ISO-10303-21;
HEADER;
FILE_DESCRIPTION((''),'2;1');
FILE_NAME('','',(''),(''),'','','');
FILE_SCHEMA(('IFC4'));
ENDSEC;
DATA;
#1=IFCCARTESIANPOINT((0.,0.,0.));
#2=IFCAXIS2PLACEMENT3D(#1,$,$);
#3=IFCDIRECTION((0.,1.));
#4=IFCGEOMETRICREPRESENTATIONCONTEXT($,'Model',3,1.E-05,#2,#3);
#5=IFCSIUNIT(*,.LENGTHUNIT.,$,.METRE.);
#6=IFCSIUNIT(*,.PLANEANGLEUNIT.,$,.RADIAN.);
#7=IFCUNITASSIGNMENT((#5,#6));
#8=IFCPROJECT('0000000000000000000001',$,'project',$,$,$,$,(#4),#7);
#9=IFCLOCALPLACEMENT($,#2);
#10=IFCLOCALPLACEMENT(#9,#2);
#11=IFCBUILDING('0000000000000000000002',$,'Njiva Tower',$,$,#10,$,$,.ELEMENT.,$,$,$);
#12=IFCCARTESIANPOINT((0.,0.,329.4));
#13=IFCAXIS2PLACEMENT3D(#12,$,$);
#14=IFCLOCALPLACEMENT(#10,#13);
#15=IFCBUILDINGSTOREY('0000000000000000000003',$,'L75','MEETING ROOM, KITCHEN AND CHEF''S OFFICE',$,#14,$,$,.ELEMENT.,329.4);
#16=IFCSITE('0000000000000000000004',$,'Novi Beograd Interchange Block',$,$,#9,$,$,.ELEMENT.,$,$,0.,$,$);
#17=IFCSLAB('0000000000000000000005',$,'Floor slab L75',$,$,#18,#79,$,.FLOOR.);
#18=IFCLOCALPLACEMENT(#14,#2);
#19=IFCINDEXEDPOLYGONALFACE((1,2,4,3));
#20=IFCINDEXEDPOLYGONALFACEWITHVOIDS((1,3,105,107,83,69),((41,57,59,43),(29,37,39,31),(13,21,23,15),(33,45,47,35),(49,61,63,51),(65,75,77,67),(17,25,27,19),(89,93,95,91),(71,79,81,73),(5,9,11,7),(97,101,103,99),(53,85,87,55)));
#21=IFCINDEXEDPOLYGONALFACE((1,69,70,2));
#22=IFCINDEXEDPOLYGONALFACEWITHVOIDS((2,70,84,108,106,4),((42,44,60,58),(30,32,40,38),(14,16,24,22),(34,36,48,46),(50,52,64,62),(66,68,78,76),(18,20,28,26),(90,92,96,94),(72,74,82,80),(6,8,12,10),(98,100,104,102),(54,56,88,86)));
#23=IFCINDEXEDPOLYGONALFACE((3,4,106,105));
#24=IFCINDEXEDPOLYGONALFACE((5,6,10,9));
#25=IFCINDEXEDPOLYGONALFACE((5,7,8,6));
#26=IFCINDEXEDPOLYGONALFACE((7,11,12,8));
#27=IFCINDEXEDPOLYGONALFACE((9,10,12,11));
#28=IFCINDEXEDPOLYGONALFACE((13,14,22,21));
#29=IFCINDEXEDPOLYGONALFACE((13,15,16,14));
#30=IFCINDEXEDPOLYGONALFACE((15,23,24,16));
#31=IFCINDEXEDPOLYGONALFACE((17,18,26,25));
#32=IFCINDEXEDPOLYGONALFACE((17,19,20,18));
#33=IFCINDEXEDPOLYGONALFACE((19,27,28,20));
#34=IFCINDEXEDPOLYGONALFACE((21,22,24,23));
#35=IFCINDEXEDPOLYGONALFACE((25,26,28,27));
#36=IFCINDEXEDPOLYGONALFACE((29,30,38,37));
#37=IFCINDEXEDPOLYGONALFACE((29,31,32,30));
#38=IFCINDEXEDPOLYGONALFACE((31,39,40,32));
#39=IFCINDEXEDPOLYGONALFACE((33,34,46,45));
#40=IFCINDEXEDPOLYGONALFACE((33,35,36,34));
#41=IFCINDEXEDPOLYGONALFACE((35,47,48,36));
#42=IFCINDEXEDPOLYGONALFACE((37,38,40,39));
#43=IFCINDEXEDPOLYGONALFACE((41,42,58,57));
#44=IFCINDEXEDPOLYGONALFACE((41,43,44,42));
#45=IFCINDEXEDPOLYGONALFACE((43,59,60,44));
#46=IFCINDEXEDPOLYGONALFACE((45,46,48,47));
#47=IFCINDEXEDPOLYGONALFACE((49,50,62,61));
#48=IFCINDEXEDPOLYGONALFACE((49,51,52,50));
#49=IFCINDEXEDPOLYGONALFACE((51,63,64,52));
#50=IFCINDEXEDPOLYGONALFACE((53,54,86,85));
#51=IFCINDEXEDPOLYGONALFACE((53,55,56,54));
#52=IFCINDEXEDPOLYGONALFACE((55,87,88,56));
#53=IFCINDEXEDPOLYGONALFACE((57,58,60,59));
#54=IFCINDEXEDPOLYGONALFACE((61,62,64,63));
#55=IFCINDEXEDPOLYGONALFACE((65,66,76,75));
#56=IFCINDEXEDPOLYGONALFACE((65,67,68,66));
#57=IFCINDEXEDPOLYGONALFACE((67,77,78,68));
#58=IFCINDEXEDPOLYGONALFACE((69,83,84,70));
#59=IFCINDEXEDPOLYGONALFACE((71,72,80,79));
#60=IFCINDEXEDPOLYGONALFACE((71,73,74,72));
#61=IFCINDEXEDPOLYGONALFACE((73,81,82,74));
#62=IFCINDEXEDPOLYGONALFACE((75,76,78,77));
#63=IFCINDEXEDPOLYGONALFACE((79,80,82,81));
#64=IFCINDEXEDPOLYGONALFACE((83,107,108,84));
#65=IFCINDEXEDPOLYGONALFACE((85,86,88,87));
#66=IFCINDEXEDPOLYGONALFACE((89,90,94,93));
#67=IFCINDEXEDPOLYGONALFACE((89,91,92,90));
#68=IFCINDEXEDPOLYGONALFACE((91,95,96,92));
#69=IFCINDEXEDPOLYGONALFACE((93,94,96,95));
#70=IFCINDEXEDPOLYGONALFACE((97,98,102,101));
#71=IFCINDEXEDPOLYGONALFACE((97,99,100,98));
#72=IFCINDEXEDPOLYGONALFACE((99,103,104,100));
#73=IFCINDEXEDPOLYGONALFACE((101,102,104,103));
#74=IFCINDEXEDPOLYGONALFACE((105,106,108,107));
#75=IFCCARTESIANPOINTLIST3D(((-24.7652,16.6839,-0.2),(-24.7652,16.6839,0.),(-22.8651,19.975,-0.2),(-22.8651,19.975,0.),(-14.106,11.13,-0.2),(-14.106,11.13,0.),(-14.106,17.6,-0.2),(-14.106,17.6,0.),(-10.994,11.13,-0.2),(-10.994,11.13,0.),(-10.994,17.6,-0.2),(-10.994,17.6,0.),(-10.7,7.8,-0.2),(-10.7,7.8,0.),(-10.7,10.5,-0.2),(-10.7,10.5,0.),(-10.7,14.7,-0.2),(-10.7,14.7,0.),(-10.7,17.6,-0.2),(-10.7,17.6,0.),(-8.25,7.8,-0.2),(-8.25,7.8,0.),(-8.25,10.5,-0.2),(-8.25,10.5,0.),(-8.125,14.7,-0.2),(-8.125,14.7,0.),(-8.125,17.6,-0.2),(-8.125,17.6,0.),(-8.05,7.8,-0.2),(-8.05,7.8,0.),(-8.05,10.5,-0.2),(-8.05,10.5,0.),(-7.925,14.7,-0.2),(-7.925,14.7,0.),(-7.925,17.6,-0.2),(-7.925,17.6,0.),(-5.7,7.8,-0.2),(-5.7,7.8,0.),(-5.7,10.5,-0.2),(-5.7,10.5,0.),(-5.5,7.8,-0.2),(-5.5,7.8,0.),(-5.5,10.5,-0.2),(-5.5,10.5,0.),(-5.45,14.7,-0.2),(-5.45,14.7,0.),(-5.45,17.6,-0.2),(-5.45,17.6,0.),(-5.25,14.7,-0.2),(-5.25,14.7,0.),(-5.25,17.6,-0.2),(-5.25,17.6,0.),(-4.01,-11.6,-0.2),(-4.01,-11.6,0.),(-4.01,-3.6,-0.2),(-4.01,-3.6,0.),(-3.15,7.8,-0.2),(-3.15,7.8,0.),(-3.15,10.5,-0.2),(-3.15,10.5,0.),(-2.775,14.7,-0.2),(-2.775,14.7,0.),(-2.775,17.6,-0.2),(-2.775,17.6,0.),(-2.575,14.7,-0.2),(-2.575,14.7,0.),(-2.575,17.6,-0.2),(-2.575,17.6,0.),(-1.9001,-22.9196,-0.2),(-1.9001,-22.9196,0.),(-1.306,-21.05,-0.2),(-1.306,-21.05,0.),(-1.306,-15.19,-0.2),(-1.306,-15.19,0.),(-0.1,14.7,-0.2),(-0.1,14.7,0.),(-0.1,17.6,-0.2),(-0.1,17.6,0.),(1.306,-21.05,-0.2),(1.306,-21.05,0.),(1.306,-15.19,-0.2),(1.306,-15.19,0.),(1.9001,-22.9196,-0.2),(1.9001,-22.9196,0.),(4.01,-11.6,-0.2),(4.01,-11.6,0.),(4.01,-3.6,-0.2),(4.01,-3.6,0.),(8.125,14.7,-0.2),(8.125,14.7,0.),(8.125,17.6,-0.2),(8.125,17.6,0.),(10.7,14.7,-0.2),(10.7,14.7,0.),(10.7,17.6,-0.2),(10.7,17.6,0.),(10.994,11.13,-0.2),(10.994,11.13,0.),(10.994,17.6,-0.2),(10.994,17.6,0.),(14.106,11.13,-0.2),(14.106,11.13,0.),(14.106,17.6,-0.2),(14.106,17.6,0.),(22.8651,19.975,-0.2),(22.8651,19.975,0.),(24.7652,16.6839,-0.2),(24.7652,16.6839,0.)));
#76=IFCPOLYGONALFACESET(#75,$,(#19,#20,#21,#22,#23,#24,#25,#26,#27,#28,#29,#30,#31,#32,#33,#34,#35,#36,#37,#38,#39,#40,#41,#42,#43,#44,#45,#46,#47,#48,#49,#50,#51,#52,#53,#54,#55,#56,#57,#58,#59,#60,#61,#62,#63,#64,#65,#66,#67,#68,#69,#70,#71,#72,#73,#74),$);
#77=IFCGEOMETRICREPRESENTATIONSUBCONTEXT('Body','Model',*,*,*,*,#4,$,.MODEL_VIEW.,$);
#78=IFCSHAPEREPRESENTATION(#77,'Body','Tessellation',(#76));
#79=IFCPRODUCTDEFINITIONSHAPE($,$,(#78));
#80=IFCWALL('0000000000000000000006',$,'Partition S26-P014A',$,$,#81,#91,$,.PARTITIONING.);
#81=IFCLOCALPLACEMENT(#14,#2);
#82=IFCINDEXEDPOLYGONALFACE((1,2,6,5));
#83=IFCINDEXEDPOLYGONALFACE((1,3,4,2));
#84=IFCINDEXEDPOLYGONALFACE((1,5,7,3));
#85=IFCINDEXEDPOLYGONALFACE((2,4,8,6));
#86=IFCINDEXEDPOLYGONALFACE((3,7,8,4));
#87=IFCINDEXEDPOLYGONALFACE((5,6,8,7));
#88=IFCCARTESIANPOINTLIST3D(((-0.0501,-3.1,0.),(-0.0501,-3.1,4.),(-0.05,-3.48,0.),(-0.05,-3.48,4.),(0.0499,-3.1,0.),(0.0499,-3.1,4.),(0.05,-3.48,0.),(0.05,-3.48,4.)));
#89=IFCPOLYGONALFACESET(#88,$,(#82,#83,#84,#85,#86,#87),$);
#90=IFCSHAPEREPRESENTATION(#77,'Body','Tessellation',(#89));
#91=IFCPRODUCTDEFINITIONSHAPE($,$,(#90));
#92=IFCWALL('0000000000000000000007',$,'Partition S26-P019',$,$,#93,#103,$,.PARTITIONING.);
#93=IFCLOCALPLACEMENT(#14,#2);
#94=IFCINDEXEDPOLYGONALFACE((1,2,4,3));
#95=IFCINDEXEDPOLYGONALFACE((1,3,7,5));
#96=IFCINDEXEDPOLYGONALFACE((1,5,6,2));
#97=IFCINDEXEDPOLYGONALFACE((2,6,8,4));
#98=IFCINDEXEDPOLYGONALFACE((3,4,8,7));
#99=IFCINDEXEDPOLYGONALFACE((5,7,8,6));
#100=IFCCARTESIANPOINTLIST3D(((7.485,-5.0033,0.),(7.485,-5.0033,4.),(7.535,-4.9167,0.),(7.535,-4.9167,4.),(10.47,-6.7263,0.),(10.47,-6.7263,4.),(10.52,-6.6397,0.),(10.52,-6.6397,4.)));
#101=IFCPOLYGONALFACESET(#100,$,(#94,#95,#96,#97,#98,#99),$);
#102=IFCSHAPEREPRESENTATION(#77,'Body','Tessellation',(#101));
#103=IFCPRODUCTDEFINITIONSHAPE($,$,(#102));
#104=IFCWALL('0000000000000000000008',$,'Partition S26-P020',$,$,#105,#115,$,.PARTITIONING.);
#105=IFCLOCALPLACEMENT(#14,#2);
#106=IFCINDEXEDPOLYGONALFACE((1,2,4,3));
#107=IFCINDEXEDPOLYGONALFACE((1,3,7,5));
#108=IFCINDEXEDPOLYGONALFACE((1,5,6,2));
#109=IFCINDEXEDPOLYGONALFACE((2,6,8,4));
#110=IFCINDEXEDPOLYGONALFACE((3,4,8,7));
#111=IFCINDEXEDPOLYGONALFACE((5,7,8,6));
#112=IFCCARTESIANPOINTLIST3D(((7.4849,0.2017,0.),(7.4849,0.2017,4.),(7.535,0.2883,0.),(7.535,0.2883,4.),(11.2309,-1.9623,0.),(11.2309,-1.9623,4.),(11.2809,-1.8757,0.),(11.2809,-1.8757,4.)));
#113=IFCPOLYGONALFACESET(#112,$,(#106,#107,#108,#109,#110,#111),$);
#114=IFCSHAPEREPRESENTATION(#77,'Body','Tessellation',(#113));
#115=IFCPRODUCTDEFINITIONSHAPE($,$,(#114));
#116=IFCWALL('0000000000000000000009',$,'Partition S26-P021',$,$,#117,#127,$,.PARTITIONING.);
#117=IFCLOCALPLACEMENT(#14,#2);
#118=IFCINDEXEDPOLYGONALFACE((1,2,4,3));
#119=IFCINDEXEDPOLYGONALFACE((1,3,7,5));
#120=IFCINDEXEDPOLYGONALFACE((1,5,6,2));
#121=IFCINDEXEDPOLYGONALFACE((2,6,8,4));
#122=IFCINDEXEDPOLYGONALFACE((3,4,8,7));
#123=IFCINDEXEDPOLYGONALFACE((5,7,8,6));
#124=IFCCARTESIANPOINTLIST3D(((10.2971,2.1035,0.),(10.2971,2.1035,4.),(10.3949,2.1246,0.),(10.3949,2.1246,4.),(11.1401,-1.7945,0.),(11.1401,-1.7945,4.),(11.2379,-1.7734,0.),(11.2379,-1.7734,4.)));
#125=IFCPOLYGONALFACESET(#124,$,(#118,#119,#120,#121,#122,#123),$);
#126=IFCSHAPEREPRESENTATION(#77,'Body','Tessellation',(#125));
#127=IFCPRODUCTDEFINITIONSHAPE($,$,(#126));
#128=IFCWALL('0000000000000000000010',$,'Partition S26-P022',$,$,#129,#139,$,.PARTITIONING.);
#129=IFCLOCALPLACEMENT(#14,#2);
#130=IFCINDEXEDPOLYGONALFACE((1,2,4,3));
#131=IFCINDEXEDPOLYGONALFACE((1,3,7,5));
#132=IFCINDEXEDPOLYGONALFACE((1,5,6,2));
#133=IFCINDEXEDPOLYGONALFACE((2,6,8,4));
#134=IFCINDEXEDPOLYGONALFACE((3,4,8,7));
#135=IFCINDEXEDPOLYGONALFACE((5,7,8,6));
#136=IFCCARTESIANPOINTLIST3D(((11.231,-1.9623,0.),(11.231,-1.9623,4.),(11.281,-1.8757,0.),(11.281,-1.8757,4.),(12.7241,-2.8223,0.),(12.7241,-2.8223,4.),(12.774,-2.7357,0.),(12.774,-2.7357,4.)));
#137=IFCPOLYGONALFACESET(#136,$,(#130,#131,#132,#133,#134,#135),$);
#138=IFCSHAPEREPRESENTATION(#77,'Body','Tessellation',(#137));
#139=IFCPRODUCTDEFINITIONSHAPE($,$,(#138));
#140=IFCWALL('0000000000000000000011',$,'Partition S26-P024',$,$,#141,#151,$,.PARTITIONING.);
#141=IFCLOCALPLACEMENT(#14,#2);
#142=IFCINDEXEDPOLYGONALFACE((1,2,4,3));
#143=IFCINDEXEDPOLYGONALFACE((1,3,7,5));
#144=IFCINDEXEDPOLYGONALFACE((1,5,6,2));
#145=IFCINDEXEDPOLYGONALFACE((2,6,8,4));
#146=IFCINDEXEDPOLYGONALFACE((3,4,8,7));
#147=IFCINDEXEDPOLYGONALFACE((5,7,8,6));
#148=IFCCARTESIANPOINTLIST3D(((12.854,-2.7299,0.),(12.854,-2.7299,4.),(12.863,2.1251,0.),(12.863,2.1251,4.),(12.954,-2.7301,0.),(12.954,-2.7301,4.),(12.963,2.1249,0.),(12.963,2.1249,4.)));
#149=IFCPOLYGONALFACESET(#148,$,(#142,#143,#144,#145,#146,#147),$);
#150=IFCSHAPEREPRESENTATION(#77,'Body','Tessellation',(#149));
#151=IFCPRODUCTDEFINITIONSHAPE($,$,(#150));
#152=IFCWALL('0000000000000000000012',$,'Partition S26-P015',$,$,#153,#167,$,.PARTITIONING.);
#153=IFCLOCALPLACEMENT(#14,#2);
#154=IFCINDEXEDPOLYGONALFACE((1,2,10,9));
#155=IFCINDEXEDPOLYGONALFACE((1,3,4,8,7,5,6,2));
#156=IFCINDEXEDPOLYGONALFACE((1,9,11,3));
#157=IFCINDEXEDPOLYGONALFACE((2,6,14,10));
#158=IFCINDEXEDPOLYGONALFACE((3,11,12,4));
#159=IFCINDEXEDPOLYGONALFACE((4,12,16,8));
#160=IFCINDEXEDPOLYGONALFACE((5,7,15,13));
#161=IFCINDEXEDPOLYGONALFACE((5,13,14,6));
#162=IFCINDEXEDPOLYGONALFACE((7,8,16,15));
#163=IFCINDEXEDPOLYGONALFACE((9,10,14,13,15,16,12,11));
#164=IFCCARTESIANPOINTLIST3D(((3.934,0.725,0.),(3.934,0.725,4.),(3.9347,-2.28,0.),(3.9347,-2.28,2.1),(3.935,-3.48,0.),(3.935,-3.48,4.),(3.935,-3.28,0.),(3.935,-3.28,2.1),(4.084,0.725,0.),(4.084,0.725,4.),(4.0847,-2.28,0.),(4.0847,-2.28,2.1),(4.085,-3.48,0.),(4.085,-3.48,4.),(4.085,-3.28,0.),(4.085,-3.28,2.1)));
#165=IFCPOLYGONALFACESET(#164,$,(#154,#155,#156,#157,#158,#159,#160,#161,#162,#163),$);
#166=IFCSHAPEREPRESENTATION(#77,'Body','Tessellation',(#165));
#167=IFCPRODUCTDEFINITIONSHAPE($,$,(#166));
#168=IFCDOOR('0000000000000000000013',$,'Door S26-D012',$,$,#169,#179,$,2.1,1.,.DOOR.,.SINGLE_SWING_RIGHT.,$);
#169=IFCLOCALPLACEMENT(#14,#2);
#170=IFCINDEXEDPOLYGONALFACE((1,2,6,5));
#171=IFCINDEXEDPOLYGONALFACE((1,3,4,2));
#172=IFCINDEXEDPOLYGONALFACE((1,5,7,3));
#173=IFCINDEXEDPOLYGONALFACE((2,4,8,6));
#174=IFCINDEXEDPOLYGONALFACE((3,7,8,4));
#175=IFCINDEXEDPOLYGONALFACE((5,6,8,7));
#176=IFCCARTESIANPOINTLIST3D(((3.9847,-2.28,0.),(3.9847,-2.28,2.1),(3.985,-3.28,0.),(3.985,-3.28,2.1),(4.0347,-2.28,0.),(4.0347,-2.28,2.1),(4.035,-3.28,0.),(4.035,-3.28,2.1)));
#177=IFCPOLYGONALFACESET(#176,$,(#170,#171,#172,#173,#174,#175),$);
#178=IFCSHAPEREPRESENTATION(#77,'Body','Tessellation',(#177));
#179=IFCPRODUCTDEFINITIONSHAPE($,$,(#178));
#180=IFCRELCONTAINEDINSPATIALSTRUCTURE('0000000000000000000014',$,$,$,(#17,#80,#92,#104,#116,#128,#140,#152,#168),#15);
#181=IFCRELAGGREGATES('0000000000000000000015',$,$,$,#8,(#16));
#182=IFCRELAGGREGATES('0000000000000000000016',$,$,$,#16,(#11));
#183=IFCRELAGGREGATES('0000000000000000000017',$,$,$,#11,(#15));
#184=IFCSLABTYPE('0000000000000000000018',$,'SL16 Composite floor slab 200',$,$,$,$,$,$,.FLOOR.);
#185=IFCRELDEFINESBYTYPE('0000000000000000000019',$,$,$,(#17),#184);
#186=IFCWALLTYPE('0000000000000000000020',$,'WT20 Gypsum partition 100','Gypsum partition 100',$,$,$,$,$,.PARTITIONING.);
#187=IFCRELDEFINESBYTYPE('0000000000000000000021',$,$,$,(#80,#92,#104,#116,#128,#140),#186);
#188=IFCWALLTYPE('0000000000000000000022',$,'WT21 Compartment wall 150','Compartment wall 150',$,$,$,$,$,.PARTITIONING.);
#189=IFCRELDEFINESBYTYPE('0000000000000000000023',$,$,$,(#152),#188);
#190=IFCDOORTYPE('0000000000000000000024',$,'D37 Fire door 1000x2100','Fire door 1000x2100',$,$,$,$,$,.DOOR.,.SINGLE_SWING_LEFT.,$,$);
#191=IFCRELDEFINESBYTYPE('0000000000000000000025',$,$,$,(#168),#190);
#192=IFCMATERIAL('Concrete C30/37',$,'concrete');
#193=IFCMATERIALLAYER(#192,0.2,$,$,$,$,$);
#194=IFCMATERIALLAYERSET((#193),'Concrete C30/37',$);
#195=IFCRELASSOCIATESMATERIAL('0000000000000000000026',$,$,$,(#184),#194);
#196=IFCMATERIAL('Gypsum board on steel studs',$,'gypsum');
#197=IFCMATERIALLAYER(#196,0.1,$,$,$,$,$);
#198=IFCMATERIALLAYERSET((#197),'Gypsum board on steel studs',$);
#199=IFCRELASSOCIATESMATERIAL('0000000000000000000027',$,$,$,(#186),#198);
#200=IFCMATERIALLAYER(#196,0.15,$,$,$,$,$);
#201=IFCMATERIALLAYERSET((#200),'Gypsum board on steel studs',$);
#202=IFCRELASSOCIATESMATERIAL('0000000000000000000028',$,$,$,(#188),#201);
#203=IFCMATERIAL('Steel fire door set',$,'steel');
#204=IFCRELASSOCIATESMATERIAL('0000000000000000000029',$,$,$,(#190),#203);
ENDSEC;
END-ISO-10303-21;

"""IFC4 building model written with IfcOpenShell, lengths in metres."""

from ifc_helpers import new_model, si_unit, direction, frame, frame_2d, origin, place, context, subcontext, project, spatial, polyline, rectangle, outline, extrude, material, layer, layer_set, type_object, element, fill, save


model = new_model("IFC4")

# Units and contexts
model_context = context("Model", 3, precision=1e-05, world=origin(), true_north=direction((0.0, 1.0)))
body_context = subcontext(model_context, "Body", "Model", "MODEL_VIEW")
ifc_project = project(units=[si_unit("LENGTHUNIT", "METRE"), si_unit("PLANEANGLEUNIT", "RADIAN")], contexts=[model_context])

# Site, building, storey
site_placement = place(None, origin())
site = spatial("IfcSite", under=ifc_project, at=site_placement, Name="Novi Beograd Interchange Block", CompositionType="ELEMENT", RefElevation=0.0)
building_placement = place(site_placement, origin())
building = spatial("IfcBuilding", under=site, at=building_placement, Name="Njiva Tower", CompositionType="ELEMENT")
storey_placement = place(building_placement, frame((0.0, 0.0, 329.4)))
storey = spatial("IfcBuildingStorey", under=building, at=storey_placement, Name="L75", Description="MEETING ROOM, KITCHEN AND CHEF'S OFFICE", CompositionType="ELEMENT", Elevation=329.4)

# Slab
ifc_material_1 = material(Name="Concrete C30/37", Category="concrete")
ifc_layer_1 = layer(ifc_material_1, 0.2)
ifc_layer_set_1 = layer_set([ifc_layer_1], Name="Concrete C30/37")
slab_type_1 = type_object("IfcSlabType", Name="SL16 Composite floor slab 200", PredefinedType="FLOOR", material=ifc_layer_set_1)
slab_1_placement = place(storey_placement, frame((0.0, 0.0, -0.2)))
element("IfcSlab", 1, at=slab_1_placement, inside=storey, type_object=slab_type_1, Name="Floor slab L75", PredefinedType="FLOOR", context=body_context, shape_type="SweptSolid", body=[
    extrude(outline(polyline([(24.7652, 16.6839), (1.9001, -22.9196), (-1.9001, -22.9196), (-24.7652, 16.6839), (-22.8651, 19.975), (22.8651, 19.975), (24.7652, 16.6839)]), holes=[polyline([(10.994, 11.13), (14.106, 11.13), (14.106, 17.6), (10.994, 17.6), (10.994, 11.13)]), polyline([(8.125, 14.7), (10.7, 14.7), (10.7, 17.6), (8.125, 17.6), (8.125, 14.7)]), polyline([(4.01, -11.6), (4.01, -3.6), (-4.01, -3.6), (-4.01, -11.6), (4.01, -11.6)]), polyline([(1.306, -21.05), (1.306, -15.19), (-1.306, -15.19), (-1.306, -21.05), (1.306, -21.05)]), polyline([(-2.575, 14.7), (-0.1, 14.7), (-0.1, 17.6), (-2.575, 17.6), (-2.575, 14.7)]), polyline([(-2.775, 14.7), (-2.775, 17.6), (-5.25, 17.6), (-5.25, 14.7), (-2.775, 14.7)]), polyline([(-5.5, 7.8), (-3.15, 7.8), (-3.15, 10.5), (-5.5, 10.5), (-5.5, 7.8)]), polyline([(-7.925, 14.7), (-5.45, 14.7), (-5.45, 17.6), (-7.925, 17.6), (-7.925, 14.7)]), polyline([(-8.05, 7.8), (-5.7, 7.8), (-5.7, 10.5), (-8.05, 10.5), (-8.05, 7.8)]), polyline([(-10.7, 14.7), (-8.125, 14.7), (-8.125, 17.6), (-10.7, 17.6), (-10.7, 14.7)]), polyline([(-8.25, 7.8), (-8.25, 10.5), (-10.7, 10.5), (-10.7, 7.8), (-8.25, 7.8)]), polyline([(-10.994, 11.13), (-10.994, 17.6), (-14.106, 17.6), (-14.106, 11.13), (-10.994, 11.13)])]), origin(), (0.0, 0.0, 1.0), 0.2),
])

# Walls
ifc_material_2 = material(Name="Gypsum board on steel studs", Category="gypsum")
ifc_layer_2 = layer(ifc_material_2, 0.1)
ifc_layer_set_2 = layer_set([ifc_layer_2], Name="Gypsum board on steel studs")
wall_type_1 = type_object("IfcWallType", Name="WT20 Gypsum partition 100", Description="Gypsum partition 100", PredefinedType="PARTITIONING", material=ifc_layer_set_2)
wall_1_placement = place(storey_placement, frame((-0.0001, -3.1, 0.0), z_axis=(0.0, 0.0, 1.0), x_axis=(0.000263, -1.0, 0.0)))
element("IfcWall", 2, at=wall_1_placement, inside=storey, type_object=wall_type_1, Name="Partition S26-P014A", PredefinedType="PARTITIONING", context=body_context, shape_type="SweptSolid", body=[
    extrude(rectangle(XDim=0.38, YDim=0.1, at=frame_2d((0.19, 0.0))), origin(), (0.0, 0.0, 1.0), 4.0),
])
wall_2_placement = place(storey_placement, frame((7.51, -4.96, 0.0), z_axis=(0.0, 0.0, 1.0), x_axis=(0.866074, -0.499915, 0.0)))
element("IfcWall", 3, at=wall_2_placement, inside=storey, type_object=wall_type_1, Name="Partition S26-P019", PredefinedType="PARTITIONING", context=body_context, shape_type="SweptSolid", body=[
    extrude(rectangle(XDim=3.4466, YDim=0.1, at=frame_2d((1.7233, 0.0))), origin(), (0.0, 0.0, 1.0), 4.0),
])
wall_3_placement = place(storey_placement, frame((7.51, 0.245, 0.0), z_axis=(0.0, 0.0, 1.0), x_axis=(0.865901, -0.500216, 0.0)))
element("IfcWall", 4, at=wall_3_placement, inside=storey, type_object=wall_type_1, Name="Partition S26-P020", PredefinedType="PARTITIONING", context=body_context, shape_type="SweptSolid", body=[
    extrude(rectangle(XDim=4.3261, YDim=0.1, at=frame_2d((2.163, 0.0))), origin(), (0.0, 0.0, 1.0), 4.0),
])
wall_4_placement = place(storey_placement, frame((10.346, 2.114, 0.0), z_axis=(0.0, 0.0, 1.0), x_axis=(0.211378, -0.977404, 0.0)))
element("IfcWall", 5, at=wall_4_placement, inside=storey, type_object=wall_type_1, Name="Partition S26-P021", PredefinedType="PARTITIONING", context=body_context, shape_type="SweptSolid", body=[
    extrude(rectangle(XDim=3.9881, YDim=0.1, at=frame_2d((1.994, 0.0))), origin(), (0.0, 0.0, 1.0), 4.0),
])
wall_5_placement = place(storey_placement, frame((11.256, -1.919, 0.0), z_axis=(0.0, 0.0, 1.0), x_axis=(0.866524, -0.499136, 0.0)))
element("IfcWall", 6, at=wall_5_placement, inside=storey, type_object=wall_type_1, Name="Partition S26-P022", PredefinedType="PARTITIONING", context=body_context, shape_type="SweptSolid", body=[
    extrude(rectangle(XDim=1.723, YDim=0.1, at=frame_2d((0.8615, 0.0))), origin(), (0.0, 0.0, 1.0), 4.0),
])
wall_6_placement = place(storey_placement, frame((12.904, -2.73, 0.0), z_axis=(0.0, 0.0, 1.0), x_axis=(0.001854, 0.999998, 0.0)))
element("IfcWall", 7, at=wall_6_placement, inside=storey, type_object=wall_type_1, Name="Partition S26-P024", PredefinedType="PARTITIONING", context=body_context, shape_type="SweptSolid", body=[
    extrude(rectangle(XDim=4.855, YDim=0.1, at=frame_2d((2.4275, 0.0))), origin(), (0.0, 0.0, 1.0), 4.0),
])

# Wall, opening, door
ifc_layer_3 = layer(ifc_material_2, 0.15)
ifc_layer_set_3 = layer_set([ifc_layer_3], Name="Gypsum board on steel studs")
wall_type_2 = type_object("IfcWallType", Name="WT21 Compartment wall 150", Description="Compartment wall 150", PredefinedType="PARTITIONING", material=ifc_layer_set_3)
wall_7_placement = place(storey_placement, frame((4.009, 0.725, 0.0), z_axis=(0.0, 0.0, 1.0), x_axis=(0.000238, -1.0, 0.0)))
wall_7 = element("IfcWall", 8, at=wall_7_placement, inside=storey, type_object=wall_type_2, Name="Partition S26-P015", PredefinedType="PARTITIONING", context=body_context, shape_type="SweptSolid", body=[
    extrude(rectangle(XDim=4.205, YDim=0.15, at=frame_2d((2.1025, 0.0))), origin(), (0.0, 0.0, 1.0), 4.0),
])
opening_1_placement = place(wall_7_placement, frame((3.005, 0.0, 0.0)))
opening_1 = element("IfcOpeningElement", 9, at=opening_1_placement, cuts=wall_7, PredefinedType="OPENING", context=body_context, shape_type="SweptSolid", body=[
    extrude(rectangle(XDim=1.0, YDim=2.1, at=frame_2d((0.5, 1.05))), frame((0.0, 0.085, 0.0), z_axis=(0.0, -1.0, 0.0), x_axis=(1.0, 0.0, 0.0)), (0.0, 0.0, 1.0), 0.17),
])
ifc_material_3 = material(Name="Steel fire door set", Category="steel")
door_type_1 = type_object("IfcDoorType", Name="D37 Fire door 1000x2100", Description="Fire door 1000x2100", OperationType="SINGLE_SWING_LEFT", PredefinedType="DOOR", material=ifc_material_3)
door_1_placement = place(opening_1_placement, origin())
door_1 = element("IfcDoor", 10, at=door_1_placement, inside=storey, type_object=door_type_1, Name="Door S26-D012", OperationType="SINGLE_SWING_RIGHT", OverallHeight=2.1, OverallWidth=1.0, PredefinedType="DOOR", context=body_context, shape_type="SweptSolid", body=[
    extrude(rectangle(XDim=1.0, YDim=2.1, at=frame_2d((0.5, 1.05))), frame((0.0, 0.025, 0.0), z_axis=(0.0, -1.0, 0.0), x_axis=(1.0, 0.0, 0.0)), (0.0, 0.0, 1.0), 0.05),
])
fill(opening_1, door_1)

save(model, "model.ifc")
